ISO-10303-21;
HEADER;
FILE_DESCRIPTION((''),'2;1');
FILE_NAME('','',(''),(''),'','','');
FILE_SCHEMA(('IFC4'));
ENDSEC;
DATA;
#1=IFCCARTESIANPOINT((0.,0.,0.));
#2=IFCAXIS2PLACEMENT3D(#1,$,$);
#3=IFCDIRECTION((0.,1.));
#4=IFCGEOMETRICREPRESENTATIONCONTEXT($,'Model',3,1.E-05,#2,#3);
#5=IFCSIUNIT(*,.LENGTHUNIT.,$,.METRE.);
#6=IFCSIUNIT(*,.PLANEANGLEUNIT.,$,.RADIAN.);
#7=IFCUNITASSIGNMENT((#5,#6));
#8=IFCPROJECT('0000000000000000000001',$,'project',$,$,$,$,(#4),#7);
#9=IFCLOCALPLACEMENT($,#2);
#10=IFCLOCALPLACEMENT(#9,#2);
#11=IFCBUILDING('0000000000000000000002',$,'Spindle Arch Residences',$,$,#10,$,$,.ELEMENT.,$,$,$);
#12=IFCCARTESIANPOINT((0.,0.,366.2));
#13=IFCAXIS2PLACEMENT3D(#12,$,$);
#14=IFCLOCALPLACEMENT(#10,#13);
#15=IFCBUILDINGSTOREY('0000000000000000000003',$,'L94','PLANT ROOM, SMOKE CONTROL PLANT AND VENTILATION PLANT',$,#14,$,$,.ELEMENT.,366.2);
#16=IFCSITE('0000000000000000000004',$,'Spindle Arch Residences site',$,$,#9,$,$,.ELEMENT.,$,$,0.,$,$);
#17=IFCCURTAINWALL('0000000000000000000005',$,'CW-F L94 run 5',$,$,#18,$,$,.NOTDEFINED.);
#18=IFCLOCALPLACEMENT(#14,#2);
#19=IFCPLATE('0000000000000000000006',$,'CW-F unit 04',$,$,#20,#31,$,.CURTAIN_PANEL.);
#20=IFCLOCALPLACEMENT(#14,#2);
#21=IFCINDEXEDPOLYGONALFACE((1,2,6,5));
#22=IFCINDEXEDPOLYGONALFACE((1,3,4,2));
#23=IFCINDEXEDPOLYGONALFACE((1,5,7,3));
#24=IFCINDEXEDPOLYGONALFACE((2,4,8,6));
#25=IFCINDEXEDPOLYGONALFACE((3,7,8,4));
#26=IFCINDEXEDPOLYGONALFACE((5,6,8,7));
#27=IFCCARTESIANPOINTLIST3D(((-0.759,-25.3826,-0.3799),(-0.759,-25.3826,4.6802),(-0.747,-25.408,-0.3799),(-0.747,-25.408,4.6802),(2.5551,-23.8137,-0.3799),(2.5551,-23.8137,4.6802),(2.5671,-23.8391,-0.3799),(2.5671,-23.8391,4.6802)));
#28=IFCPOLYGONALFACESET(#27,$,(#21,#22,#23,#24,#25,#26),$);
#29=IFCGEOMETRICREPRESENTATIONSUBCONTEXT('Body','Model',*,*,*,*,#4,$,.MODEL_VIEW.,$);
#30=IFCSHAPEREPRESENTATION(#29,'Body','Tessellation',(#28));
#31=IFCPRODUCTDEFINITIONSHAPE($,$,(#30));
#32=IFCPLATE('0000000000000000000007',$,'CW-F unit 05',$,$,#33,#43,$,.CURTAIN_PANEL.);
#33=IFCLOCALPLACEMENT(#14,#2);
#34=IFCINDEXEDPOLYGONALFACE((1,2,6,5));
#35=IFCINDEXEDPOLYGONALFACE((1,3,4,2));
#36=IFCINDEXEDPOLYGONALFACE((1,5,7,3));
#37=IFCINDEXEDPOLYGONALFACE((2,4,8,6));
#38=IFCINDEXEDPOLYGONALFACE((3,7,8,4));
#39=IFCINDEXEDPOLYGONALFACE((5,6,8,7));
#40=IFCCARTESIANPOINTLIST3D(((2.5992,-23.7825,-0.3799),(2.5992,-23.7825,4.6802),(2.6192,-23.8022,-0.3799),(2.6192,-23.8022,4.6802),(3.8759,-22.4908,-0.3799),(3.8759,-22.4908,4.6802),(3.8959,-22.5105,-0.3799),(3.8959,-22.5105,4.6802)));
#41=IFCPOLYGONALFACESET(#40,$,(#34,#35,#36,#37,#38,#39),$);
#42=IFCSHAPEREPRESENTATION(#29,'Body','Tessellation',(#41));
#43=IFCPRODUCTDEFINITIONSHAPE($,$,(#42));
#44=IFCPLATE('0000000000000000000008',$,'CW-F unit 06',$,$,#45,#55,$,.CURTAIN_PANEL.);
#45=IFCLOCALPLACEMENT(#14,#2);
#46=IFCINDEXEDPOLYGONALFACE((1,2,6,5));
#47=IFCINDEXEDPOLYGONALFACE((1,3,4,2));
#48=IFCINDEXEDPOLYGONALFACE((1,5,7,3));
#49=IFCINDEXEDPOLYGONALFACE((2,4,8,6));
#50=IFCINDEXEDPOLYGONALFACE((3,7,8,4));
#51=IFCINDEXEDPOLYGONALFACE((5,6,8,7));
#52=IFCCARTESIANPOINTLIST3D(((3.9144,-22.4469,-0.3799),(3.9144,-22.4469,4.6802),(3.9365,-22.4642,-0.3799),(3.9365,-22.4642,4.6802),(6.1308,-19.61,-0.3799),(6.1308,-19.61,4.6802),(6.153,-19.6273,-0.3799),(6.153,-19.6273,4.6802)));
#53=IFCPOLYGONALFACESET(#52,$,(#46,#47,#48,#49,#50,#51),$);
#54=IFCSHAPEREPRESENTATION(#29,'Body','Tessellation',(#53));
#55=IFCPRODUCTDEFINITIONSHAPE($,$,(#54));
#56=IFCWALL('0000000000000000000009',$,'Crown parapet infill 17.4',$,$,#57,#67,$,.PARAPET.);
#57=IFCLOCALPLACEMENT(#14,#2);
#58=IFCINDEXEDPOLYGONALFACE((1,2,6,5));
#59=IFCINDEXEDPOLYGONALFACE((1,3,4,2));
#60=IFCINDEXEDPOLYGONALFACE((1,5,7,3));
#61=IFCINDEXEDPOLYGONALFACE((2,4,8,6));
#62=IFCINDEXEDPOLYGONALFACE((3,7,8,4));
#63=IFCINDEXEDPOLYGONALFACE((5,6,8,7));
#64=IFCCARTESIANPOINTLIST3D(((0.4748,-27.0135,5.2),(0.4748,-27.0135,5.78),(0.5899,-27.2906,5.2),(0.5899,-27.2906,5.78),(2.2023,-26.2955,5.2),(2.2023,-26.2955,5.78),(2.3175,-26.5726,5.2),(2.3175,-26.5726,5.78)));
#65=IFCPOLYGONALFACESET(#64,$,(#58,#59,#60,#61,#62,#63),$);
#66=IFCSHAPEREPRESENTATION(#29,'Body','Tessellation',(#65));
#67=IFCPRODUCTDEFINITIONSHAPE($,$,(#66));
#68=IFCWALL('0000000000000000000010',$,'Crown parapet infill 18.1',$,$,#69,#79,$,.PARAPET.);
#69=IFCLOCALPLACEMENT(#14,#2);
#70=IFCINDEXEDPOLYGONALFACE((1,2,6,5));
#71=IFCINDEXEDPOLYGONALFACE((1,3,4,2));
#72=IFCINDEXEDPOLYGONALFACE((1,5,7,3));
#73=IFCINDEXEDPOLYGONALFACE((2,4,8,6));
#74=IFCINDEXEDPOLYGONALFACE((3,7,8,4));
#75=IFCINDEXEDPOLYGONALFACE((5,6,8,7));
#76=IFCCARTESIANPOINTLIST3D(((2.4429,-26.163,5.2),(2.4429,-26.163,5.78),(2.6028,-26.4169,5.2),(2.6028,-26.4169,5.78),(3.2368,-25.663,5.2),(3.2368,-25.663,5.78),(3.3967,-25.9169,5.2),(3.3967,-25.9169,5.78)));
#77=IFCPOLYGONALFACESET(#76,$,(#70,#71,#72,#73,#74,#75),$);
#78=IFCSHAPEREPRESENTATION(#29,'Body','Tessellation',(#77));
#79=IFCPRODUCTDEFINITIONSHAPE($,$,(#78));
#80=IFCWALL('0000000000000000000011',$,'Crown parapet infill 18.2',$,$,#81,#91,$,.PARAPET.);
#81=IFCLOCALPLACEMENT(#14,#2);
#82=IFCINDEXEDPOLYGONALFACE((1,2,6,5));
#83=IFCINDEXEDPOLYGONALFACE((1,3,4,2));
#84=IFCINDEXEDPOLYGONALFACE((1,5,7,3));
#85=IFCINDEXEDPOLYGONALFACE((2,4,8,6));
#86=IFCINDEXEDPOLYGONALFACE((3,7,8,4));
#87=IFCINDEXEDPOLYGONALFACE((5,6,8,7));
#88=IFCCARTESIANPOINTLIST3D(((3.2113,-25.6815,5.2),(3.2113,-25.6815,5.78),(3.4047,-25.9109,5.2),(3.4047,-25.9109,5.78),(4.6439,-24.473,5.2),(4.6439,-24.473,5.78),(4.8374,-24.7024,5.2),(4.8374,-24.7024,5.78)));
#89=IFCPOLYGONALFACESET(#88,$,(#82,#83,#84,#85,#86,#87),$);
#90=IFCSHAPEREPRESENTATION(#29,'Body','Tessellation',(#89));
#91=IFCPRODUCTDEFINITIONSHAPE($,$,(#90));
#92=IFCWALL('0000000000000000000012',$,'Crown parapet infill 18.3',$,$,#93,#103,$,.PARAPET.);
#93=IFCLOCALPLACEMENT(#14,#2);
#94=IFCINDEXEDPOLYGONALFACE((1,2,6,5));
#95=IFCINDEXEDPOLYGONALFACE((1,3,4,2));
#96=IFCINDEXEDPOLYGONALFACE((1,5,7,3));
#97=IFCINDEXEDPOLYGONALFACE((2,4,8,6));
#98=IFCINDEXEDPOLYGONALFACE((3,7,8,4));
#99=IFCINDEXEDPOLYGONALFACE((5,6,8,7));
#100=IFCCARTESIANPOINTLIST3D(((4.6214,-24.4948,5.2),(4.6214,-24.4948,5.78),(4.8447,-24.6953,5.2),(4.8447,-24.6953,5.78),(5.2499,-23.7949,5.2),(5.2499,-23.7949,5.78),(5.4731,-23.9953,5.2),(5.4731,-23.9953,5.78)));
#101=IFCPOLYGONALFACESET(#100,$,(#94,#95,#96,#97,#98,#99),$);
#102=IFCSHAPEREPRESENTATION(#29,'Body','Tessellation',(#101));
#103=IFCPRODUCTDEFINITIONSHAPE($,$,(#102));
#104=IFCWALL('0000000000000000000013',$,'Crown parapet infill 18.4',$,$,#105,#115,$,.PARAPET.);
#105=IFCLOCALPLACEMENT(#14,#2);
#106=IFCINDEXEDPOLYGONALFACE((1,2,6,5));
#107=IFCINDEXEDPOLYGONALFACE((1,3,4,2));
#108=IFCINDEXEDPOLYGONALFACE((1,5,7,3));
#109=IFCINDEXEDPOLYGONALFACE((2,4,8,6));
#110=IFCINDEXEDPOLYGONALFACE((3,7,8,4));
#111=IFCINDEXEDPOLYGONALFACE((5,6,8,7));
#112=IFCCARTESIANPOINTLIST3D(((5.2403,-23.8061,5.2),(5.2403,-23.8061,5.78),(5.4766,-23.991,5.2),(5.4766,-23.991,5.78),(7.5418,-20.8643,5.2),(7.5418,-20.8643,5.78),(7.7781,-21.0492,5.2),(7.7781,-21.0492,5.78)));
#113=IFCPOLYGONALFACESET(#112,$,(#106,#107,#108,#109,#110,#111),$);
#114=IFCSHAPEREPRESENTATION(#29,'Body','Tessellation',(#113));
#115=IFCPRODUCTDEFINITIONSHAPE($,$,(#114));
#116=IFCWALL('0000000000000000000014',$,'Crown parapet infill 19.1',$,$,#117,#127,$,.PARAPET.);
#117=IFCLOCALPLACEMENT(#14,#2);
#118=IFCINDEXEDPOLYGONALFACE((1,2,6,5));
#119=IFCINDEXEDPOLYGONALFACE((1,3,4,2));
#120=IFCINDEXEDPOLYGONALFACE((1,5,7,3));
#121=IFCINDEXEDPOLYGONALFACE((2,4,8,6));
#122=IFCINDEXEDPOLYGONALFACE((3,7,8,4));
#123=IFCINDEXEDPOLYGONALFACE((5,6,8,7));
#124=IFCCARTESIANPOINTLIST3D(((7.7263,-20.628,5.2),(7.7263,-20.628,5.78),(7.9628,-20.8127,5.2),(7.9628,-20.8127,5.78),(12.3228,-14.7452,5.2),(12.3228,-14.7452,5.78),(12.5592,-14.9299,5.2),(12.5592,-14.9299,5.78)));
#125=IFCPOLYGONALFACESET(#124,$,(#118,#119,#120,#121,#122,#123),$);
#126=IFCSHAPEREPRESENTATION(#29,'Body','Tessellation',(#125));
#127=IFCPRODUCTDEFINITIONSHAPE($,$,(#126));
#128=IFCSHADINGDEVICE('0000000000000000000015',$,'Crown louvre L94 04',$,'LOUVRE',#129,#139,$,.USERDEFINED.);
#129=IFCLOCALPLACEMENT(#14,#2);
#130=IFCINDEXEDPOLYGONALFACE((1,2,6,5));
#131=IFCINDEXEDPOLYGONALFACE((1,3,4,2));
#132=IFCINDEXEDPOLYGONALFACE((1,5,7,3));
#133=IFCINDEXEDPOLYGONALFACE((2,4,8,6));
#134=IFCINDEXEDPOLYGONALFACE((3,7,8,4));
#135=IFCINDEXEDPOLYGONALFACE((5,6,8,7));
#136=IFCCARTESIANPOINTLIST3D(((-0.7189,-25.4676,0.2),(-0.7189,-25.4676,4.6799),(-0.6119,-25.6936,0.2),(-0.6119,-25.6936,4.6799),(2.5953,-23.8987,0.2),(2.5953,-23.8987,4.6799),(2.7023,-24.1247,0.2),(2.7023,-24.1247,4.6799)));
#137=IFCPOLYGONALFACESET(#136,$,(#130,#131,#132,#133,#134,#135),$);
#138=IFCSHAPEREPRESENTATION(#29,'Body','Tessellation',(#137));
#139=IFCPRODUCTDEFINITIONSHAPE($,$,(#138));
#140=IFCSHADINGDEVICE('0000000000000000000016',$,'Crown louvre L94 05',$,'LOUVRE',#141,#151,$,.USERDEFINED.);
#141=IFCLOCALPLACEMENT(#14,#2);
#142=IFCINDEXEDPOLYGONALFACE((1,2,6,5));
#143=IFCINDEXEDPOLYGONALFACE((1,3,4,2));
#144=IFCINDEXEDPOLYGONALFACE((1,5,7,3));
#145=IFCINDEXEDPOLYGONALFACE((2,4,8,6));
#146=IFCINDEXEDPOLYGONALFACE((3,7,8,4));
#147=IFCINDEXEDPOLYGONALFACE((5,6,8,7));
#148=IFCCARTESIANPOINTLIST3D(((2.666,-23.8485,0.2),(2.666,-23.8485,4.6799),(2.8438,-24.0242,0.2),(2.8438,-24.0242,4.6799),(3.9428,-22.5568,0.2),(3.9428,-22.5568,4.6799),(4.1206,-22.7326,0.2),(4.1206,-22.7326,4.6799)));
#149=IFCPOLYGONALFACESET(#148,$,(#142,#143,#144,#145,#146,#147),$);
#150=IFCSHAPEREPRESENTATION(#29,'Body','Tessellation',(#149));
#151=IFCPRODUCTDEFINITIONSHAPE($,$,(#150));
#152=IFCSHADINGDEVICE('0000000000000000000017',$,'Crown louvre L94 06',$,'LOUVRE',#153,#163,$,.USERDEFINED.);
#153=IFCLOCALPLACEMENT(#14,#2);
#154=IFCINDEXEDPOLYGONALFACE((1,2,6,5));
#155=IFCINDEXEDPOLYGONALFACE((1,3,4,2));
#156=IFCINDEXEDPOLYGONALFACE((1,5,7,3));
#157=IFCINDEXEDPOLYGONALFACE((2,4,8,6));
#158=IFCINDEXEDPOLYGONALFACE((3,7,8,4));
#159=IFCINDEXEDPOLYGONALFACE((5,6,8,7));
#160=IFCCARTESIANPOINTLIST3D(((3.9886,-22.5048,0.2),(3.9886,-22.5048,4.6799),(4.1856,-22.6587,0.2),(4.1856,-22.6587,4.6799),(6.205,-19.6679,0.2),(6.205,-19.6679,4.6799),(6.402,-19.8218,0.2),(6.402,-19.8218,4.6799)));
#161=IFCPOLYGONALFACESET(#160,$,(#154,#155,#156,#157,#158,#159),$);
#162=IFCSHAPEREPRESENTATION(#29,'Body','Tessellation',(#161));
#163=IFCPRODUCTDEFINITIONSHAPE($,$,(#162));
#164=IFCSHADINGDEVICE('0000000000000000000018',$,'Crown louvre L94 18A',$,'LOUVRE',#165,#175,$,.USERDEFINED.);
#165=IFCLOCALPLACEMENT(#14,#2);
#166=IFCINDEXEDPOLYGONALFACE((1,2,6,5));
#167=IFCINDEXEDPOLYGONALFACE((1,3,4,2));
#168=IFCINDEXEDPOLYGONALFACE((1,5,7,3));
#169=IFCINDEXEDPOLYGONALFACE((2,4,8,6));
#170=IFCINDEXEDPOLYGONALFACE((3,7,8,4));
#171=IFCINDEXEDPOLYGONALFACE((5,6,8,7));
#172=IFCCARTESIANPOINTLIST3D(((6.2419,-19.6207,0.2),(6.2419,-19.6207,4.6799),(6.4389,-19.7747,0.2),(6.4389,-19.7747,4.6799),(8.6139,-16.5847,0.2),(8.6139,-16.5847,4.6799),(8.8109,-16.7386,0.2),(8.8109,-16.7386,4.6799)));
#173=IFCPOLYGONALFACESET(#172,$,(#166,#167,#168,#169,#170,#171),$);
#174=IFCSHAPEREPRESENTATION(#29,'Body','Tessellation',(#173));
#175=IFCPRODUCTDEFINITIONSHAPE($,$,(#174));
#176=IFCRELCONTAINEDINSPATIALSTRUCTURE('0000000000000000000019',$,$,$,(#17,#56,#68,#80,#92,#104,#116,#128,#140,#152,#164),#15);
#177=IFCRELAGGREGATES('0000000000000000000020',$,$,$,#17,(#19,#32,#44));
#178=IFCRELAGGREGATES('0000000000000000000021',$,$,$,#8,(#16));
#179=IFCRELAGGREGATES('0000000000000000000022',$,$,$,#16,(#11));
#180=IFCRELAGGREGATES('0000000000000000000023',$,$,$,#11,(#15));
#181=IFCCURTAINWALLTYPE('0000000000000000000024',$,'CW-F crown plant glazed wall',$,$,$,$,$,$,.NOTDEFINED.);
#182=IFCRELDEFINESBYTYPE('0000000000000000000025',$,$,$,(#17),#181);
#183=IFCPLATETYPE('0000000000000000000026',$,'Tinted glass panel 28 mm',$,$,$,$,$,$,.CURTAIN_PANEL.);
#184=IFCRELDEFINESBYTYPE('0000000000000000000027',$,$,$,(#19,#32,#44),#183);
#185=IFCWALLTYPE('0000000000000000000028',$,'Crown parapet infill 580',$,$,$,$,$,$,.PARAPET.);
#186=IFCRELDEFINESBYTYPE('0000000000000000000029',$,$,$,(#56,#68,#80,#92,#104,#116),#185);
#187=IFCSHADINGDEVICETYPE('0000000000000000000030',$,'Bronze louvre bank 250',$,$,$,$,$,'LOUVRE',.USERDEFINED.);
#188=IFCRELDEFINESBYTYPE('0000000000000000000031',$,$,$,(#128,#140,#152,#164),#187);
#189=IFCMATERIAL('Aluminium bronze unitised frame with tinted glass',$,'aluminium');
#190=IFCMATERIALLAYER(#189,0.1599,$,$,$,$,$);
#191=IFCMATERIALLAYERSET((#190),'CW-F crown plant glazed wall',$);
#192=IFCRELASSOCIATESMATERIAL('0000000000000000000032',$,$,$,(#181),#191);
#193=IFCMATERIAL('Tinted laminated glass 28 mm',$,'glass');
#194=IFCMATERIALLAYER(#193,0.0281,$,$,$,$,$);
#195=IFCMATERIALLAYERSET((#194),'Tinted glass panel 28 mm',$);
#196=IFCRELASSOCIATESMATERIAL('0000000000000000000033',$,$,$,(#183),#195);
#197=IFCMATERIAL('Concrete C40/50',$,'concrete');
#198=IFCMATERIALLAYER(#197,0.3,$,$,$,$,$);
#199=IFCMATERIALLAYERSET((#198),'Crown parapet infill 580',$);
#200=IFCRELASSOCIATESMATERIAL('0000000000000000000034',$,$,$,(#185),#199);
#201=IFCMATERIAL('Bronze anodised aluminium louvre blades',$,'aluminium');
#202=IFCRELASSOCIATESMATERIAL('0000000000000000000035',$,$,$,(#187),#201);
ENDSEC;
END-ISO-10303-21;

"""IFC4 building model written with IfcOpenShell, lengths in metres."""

from ifc_helpers import new_model, si_unit, direction, frame, frame_2d, origin, origin_2d, place, context, subcontext, project, spatial, rectangle, extrude, material, layer, layer_set, type_object, element, aggregate, save


model = new_model("IFC4")

# Units and contexts
model_context = context("Model", 3, precision=1e-05, world=origin(), true_north=direction((0.0, 1.0)))
body_context = subcontext(model_context, "Body", "Model", "MODEL_VIEW")
ifc_project = project(units=[si_unit("LENGTHUNIT", "METRE"), si_unit("PLANEANGLEUNIT", "RADIAN")], contexts=[model_context])

# Site, building, storey
site_placement = place(None, origin())
site = spatial("IfcSite", under=ifc_project, at=site_placement, Name="Spindle Arch Residences site", CompositionType="ELEMENT", RefElevation=0.0)
building_placement = place(site_placement, origin())
building = spatial("IfcBuilding", under=site, at=building_placement, Name="Spindle Arch Residences", CompositionType="ELEMENT")
storey_placement = place(building_placement, frame((0.0, 0.0, 366.2)))
storey = spatial("IfcBuildingStorey", under=building, at=storey_placement, Name="L94", Description="PLANT ROOM, SMOKE CONTROL PLANT AND VENTILATION PLANT", CompositionType="ELEMENT", Elevation=366.2)

# Curtain wall
ifc_material_1 = material(Name="Aluminium bronze unitised frame with tinted glass", Category="aluminium")
ifc_layer_1 = layer(ifc_material_1, 0.1599)
ifc_layer_set_1 = layer_set([ifc_layer_1], Name="CW-F crown plant glazed wall")
curtain_wall_type = type_object("IfcCurtainWallType", Name="CW-F crown plant glazed wall", PredefinedType="NOTDEFINED", material=ifc_layer_set_1)
curtain_wall_1_placement = place(storey_placement, origin())
curtain_wall_1 = element("IfcCurtainWall", 1, at=curtain_wall_1_placement, inside=storey, type_object=curtain_wall_type, Name="CW-F L94 run 5", PredefinedType="NOTDEFINED")

# Plates
ifc_material_2 = material(Name="Tinted laminated glass 28 mm", Category="glass")
ifc_layer_2 = layer(ifc_material_2, 0.0281)
ifc_layer_set_2 = layer_set([ifc_layer_2], Name="Tinted glass panel 28 mm")
plate_type = type_object("IfcPlateType", Name="Tinted glass panel 28 mm", PredefinedType="CURTAIN_PANEL", material=ifc_layer_set_2)
plate_1_placement = place(storey_placement, frame((0.9041, -24.6108, -0.3799), z_axis=(0.0, 0.0, 1.0), x_axis=(0.903834, 0.427884, 0.0)))
plate_1 = element("IfcPlate", 2, at=plate_1_placement, type_object=plate_type, Name="CW-F unit 04", PredefinedType="CURTAIN_PANEL", context=body_context, shape_type="SweptSolid", body=[
    extrude(rectangle(XDim=3.6667, YDim=0.0281, at=origin_2d()), origin(), (0.0, 0.0, 1.0), 5.0601),
])
plate_2_placement = place(storey_placement, frame((3.2476, -23.1465, -0.3799), z_axis=(0.0, 0.0, 1.0), x_axis=(0.702981, 0.711209, 0.0)))
plate_2 = element("IfcPlate", 3, at=plate_2_placement, type_object=plate_type, Name="CW-F unit 05", PredefinedType="CURTAIN_PANEL", context=body_context, shape_type="SweptSolid", body=[
    extrude(rectangle(XDim=1.8162, YDim=0.0281, at=origin_2d()), origin(), (0.0, 0.0, 1.0), 5.0601),
])
plate_3_placement = place(storey_placement, frame((5.0337, -21.0371, -0.3799), z_axis=(0.0, 0.0, 1.0), x_axis=(0.615661, 0.788011, 0.0)))
plate_3 = element("IfcPlate", 4, at=plate_3_placement, type_object=plate_type, Name="CW-F unit 06", PredefinedType="CURTAIN_PANEL", context=body_context, shape_type="SweptSolid", body=[
    extrude(rectangle(XDim=3.6001, YDim=0.0281, at=origin_2d()), origin(), (0.0, 0.0, 1.0), 5.0601),
])
aggregate(curtain_wall_1, [plate_1, plate_2, plate_3])

# Walls
ifc_material_3 = material(Name="Concrete C40/50", Category="concrete")
ifc_layer_3 = layer(ifc_material_3, 0.3)
ifc_layer_set_3 = layer_set([ifc_layer_3], Name="Crown parapet infill 580")
wall_type = type_object("IfcWallType", Name="Crown parapet infill 580", PredefinedType="PARAPET", material=ifc_layer_set_3)
wall_1_placement = place(storey_placement, frame((0.5322, -27.1521, 5.2), z_axis=(0.0, 0.0, 1.0), x_axis=(0.923416, 0.3838, 0.0)))
element("IfcWall", 5, at=wall_1_placement, inside=storey, type_object=wall_type, Name="Crown parapet infill 17.4", PredefinedType="PARAPET", context=body_context, shape_type="SweptSolid", body=[
    extrude(rectangle(XDim=1.8708, YDim=0.3, at=frame_2d((0.9355, 0.0))), origin(), (0.0, 0.0, 1.0), 0.5801),
])
wall_2_placement = place(storey_placement, frame((2.5227, -26.29, 5.2), z_axis=(0.0, 0.0, 1.0), x_axis=(0.846181, 0.532896, 0.0)))
element("IfcWall", 6, at=wall_2_placement, inside=storey, type_object=wall_type, Name="Crown parapet infill 18.1", PredefinedType="PARAPET", context=body_context, shape_type="SweptSolid", body=[
    extrude(rectangle(XDim=0.9382, YDim=0.3, at=frame_2d((0.4692, 0.0))), origin(), (0.0, 0.0, 1.0), 0.5801),
])
wall_3_placement = place(storey_placement, frame((3.3081, -25.7961, 5.2), z_axis=(0.0, 0.0, 1.0), x_axis=(0.764364, 0.644785, 0.0)))
element("IfcWall", 7, at=wall_3_placement, inside=storey, type_object=wall_type, Name="Crown parapet infill 18.2", PredefinedType="PARAPET", context=body_context, shape_type="SweptSolid", body=[
    extrude(rectangle(XDim=1.8743, YDim=0.3, at=frame_2d((0.937, 0.0))), origin(), (0.0, 0.0, 1.0), 0.5801),
])
wall_4_placement = place(storey_placement, frame((4.7332, -24.595, 5.2), z_axis=(0.0, 0.0, 1.0), x_axis=(0.668061, 0.744107, 0.0)))
element("IfcWall", 8, at=wall_4_placement, inside=storey, type_object=wall_type, Name="Crown parapet infill 18.3", PredefinedType="PARAPET", context=body_context, shape_type="SweptSolid", body=[
    extrude(rectangle(XDim=0.9407, YDim=0.3, at=frame_2d((0.4702, 0.0))), origin(), (0.0, 0.0, 1.0), 0.5801),
])
wall_5_placement = place(storey_placement, frame((5.3584, -23.8987, 5.2), z_axis=(0.0, 0.0, 1.0), x_axis=(0.616169, 0.787614, 0.0)))
element("IfcWall", 9, at=wall_5_placement, inside=storey, type_object=wall_type, Name="Crown parapet infill 18.4", PredefinedType="PARAPET", context=body_context, shape_type="SweptSolid", body=[
    extrude(rectangle(XDim=3.7351, YDim=0.3, at=frame_2d((1.8677, 0.0))), origin(), (0.0, 0.0, 1.0), 0.5801),
])
wall_6_placement = place(storey_placement, frame((7.8445, -20.7205, 5.2), z_axis=(0.0, 0.0, 1.0), x_axis=(0.615685, 0.787993, 0.0)))
element("IfcWall", 10, at=wall_6_placement, inside=storey, type_object=wall_type, Name="Crown parapet infill 19.1", PredefinedType="PARAPET", context=body_context, shape_type="SweptSolid", body=[
    extrude(rectangle(XDim=7.4656, YDim=0.3, at=frame_2d((3.7329, 0.0))), origin(), (0.0, 0.0, 1.0), 0.5801),
])

# Shading devices
ifc_material_4 = material(Name="Bronze anodised aluminium louvre blades", Category="aluminium")
shading_device_type = type_object("IfcShadingDeviceType", Name="Bronze louvre bank 250", ElementType="LOUVRE", PredefinedType="USERDEFINED", material=ifc_material_4)
shading_device_1_placement = place(storey_placement, frame((0.9917, -24.7961, 0.2), z_axis=(0.0, 0.0, 1.0), x_axis=(0.903834, 0.427884, 0.0)))
element("IfcShadingDevice", 11, at=shading_device_1_placement, inside=storey, type_object=shading_device_type, Name="Crown louvre L94 04", ObjectType="LOUVRE", PredefinedType="USERDEFINED", context=body_context, shape_type="SweptSolid", body=[
    extrude(rectangle(XDim=3.6667, YDim=0.25, at=origin_2d()), origin(), (0.0, 0.0, 1.0), 4.48),
])
shading_device_2_placement = place(storey_placement, frame((3.3933, -23.2905, 0.2), z_axis=(0.0, 0.0, 1.0), x_axis=(0.702981, 0.711209, 0.0)))
element("IfcShadingDevice", 12, at=shading_device_2_placement, inside=storey, type_object=shading_device_type, Name="Crown louvre L94 05", ObjectType="LOUVRE", PredefinedType="USERDEFINED", context=body_context, shape_type="SweptSolid", body=[
    extrude(rectangle(XDim=1.8162, YDim=0.25, at=origin_2d()), origin(), (0.0, 0.0, 1.0), 4.48),
])
shading_device_3_placement = place(storey_placement, frame((5.1953, -21.1633, 0.2), z_axis=(0.0, 0.0, 1.0), x_axis=(0.615661, 0.788011, 0.0)))
element("IfcShadingDevice", 13, at=shading_device_3_placement, inside=storey, type_object=shading_device_type, Name="Crown louvre L94 06", ObjectType="LOUVRE", PredefinedType="USERDEFINED", context=body_context, shape_type="SweptSolid", body=[
    extrude(rectangle(XDim=3.6001, YDim=0.25, at=origin_2d()), origin(), (0.0, 0.0, 1.0), 4.48),
])
shading_device_4_placement = place(storey_placement, frame((7.5264, -18.1797, 0.2), z_axis=(0.0, 0.0, 1.0), x_axis=(0.615661, 0.788011, 0.0)))
element("IfcShadingDevice", 14, at=shading_device_4_placement, inside=storey, type_object=shading_device_type, Name="Crown louvre L94 18A", ObjectType="LOUVRE", PredefinedType="USERDEFINED", context=body_context, shape_type="SweptSolid", body=[
    extrude(rectangle(XDim=3.8528, YDim=0.25, at=origin_2d()), origin(), (0.0, 0.0, 1.0), 4.48),
])

save(model, "model.ifc")
